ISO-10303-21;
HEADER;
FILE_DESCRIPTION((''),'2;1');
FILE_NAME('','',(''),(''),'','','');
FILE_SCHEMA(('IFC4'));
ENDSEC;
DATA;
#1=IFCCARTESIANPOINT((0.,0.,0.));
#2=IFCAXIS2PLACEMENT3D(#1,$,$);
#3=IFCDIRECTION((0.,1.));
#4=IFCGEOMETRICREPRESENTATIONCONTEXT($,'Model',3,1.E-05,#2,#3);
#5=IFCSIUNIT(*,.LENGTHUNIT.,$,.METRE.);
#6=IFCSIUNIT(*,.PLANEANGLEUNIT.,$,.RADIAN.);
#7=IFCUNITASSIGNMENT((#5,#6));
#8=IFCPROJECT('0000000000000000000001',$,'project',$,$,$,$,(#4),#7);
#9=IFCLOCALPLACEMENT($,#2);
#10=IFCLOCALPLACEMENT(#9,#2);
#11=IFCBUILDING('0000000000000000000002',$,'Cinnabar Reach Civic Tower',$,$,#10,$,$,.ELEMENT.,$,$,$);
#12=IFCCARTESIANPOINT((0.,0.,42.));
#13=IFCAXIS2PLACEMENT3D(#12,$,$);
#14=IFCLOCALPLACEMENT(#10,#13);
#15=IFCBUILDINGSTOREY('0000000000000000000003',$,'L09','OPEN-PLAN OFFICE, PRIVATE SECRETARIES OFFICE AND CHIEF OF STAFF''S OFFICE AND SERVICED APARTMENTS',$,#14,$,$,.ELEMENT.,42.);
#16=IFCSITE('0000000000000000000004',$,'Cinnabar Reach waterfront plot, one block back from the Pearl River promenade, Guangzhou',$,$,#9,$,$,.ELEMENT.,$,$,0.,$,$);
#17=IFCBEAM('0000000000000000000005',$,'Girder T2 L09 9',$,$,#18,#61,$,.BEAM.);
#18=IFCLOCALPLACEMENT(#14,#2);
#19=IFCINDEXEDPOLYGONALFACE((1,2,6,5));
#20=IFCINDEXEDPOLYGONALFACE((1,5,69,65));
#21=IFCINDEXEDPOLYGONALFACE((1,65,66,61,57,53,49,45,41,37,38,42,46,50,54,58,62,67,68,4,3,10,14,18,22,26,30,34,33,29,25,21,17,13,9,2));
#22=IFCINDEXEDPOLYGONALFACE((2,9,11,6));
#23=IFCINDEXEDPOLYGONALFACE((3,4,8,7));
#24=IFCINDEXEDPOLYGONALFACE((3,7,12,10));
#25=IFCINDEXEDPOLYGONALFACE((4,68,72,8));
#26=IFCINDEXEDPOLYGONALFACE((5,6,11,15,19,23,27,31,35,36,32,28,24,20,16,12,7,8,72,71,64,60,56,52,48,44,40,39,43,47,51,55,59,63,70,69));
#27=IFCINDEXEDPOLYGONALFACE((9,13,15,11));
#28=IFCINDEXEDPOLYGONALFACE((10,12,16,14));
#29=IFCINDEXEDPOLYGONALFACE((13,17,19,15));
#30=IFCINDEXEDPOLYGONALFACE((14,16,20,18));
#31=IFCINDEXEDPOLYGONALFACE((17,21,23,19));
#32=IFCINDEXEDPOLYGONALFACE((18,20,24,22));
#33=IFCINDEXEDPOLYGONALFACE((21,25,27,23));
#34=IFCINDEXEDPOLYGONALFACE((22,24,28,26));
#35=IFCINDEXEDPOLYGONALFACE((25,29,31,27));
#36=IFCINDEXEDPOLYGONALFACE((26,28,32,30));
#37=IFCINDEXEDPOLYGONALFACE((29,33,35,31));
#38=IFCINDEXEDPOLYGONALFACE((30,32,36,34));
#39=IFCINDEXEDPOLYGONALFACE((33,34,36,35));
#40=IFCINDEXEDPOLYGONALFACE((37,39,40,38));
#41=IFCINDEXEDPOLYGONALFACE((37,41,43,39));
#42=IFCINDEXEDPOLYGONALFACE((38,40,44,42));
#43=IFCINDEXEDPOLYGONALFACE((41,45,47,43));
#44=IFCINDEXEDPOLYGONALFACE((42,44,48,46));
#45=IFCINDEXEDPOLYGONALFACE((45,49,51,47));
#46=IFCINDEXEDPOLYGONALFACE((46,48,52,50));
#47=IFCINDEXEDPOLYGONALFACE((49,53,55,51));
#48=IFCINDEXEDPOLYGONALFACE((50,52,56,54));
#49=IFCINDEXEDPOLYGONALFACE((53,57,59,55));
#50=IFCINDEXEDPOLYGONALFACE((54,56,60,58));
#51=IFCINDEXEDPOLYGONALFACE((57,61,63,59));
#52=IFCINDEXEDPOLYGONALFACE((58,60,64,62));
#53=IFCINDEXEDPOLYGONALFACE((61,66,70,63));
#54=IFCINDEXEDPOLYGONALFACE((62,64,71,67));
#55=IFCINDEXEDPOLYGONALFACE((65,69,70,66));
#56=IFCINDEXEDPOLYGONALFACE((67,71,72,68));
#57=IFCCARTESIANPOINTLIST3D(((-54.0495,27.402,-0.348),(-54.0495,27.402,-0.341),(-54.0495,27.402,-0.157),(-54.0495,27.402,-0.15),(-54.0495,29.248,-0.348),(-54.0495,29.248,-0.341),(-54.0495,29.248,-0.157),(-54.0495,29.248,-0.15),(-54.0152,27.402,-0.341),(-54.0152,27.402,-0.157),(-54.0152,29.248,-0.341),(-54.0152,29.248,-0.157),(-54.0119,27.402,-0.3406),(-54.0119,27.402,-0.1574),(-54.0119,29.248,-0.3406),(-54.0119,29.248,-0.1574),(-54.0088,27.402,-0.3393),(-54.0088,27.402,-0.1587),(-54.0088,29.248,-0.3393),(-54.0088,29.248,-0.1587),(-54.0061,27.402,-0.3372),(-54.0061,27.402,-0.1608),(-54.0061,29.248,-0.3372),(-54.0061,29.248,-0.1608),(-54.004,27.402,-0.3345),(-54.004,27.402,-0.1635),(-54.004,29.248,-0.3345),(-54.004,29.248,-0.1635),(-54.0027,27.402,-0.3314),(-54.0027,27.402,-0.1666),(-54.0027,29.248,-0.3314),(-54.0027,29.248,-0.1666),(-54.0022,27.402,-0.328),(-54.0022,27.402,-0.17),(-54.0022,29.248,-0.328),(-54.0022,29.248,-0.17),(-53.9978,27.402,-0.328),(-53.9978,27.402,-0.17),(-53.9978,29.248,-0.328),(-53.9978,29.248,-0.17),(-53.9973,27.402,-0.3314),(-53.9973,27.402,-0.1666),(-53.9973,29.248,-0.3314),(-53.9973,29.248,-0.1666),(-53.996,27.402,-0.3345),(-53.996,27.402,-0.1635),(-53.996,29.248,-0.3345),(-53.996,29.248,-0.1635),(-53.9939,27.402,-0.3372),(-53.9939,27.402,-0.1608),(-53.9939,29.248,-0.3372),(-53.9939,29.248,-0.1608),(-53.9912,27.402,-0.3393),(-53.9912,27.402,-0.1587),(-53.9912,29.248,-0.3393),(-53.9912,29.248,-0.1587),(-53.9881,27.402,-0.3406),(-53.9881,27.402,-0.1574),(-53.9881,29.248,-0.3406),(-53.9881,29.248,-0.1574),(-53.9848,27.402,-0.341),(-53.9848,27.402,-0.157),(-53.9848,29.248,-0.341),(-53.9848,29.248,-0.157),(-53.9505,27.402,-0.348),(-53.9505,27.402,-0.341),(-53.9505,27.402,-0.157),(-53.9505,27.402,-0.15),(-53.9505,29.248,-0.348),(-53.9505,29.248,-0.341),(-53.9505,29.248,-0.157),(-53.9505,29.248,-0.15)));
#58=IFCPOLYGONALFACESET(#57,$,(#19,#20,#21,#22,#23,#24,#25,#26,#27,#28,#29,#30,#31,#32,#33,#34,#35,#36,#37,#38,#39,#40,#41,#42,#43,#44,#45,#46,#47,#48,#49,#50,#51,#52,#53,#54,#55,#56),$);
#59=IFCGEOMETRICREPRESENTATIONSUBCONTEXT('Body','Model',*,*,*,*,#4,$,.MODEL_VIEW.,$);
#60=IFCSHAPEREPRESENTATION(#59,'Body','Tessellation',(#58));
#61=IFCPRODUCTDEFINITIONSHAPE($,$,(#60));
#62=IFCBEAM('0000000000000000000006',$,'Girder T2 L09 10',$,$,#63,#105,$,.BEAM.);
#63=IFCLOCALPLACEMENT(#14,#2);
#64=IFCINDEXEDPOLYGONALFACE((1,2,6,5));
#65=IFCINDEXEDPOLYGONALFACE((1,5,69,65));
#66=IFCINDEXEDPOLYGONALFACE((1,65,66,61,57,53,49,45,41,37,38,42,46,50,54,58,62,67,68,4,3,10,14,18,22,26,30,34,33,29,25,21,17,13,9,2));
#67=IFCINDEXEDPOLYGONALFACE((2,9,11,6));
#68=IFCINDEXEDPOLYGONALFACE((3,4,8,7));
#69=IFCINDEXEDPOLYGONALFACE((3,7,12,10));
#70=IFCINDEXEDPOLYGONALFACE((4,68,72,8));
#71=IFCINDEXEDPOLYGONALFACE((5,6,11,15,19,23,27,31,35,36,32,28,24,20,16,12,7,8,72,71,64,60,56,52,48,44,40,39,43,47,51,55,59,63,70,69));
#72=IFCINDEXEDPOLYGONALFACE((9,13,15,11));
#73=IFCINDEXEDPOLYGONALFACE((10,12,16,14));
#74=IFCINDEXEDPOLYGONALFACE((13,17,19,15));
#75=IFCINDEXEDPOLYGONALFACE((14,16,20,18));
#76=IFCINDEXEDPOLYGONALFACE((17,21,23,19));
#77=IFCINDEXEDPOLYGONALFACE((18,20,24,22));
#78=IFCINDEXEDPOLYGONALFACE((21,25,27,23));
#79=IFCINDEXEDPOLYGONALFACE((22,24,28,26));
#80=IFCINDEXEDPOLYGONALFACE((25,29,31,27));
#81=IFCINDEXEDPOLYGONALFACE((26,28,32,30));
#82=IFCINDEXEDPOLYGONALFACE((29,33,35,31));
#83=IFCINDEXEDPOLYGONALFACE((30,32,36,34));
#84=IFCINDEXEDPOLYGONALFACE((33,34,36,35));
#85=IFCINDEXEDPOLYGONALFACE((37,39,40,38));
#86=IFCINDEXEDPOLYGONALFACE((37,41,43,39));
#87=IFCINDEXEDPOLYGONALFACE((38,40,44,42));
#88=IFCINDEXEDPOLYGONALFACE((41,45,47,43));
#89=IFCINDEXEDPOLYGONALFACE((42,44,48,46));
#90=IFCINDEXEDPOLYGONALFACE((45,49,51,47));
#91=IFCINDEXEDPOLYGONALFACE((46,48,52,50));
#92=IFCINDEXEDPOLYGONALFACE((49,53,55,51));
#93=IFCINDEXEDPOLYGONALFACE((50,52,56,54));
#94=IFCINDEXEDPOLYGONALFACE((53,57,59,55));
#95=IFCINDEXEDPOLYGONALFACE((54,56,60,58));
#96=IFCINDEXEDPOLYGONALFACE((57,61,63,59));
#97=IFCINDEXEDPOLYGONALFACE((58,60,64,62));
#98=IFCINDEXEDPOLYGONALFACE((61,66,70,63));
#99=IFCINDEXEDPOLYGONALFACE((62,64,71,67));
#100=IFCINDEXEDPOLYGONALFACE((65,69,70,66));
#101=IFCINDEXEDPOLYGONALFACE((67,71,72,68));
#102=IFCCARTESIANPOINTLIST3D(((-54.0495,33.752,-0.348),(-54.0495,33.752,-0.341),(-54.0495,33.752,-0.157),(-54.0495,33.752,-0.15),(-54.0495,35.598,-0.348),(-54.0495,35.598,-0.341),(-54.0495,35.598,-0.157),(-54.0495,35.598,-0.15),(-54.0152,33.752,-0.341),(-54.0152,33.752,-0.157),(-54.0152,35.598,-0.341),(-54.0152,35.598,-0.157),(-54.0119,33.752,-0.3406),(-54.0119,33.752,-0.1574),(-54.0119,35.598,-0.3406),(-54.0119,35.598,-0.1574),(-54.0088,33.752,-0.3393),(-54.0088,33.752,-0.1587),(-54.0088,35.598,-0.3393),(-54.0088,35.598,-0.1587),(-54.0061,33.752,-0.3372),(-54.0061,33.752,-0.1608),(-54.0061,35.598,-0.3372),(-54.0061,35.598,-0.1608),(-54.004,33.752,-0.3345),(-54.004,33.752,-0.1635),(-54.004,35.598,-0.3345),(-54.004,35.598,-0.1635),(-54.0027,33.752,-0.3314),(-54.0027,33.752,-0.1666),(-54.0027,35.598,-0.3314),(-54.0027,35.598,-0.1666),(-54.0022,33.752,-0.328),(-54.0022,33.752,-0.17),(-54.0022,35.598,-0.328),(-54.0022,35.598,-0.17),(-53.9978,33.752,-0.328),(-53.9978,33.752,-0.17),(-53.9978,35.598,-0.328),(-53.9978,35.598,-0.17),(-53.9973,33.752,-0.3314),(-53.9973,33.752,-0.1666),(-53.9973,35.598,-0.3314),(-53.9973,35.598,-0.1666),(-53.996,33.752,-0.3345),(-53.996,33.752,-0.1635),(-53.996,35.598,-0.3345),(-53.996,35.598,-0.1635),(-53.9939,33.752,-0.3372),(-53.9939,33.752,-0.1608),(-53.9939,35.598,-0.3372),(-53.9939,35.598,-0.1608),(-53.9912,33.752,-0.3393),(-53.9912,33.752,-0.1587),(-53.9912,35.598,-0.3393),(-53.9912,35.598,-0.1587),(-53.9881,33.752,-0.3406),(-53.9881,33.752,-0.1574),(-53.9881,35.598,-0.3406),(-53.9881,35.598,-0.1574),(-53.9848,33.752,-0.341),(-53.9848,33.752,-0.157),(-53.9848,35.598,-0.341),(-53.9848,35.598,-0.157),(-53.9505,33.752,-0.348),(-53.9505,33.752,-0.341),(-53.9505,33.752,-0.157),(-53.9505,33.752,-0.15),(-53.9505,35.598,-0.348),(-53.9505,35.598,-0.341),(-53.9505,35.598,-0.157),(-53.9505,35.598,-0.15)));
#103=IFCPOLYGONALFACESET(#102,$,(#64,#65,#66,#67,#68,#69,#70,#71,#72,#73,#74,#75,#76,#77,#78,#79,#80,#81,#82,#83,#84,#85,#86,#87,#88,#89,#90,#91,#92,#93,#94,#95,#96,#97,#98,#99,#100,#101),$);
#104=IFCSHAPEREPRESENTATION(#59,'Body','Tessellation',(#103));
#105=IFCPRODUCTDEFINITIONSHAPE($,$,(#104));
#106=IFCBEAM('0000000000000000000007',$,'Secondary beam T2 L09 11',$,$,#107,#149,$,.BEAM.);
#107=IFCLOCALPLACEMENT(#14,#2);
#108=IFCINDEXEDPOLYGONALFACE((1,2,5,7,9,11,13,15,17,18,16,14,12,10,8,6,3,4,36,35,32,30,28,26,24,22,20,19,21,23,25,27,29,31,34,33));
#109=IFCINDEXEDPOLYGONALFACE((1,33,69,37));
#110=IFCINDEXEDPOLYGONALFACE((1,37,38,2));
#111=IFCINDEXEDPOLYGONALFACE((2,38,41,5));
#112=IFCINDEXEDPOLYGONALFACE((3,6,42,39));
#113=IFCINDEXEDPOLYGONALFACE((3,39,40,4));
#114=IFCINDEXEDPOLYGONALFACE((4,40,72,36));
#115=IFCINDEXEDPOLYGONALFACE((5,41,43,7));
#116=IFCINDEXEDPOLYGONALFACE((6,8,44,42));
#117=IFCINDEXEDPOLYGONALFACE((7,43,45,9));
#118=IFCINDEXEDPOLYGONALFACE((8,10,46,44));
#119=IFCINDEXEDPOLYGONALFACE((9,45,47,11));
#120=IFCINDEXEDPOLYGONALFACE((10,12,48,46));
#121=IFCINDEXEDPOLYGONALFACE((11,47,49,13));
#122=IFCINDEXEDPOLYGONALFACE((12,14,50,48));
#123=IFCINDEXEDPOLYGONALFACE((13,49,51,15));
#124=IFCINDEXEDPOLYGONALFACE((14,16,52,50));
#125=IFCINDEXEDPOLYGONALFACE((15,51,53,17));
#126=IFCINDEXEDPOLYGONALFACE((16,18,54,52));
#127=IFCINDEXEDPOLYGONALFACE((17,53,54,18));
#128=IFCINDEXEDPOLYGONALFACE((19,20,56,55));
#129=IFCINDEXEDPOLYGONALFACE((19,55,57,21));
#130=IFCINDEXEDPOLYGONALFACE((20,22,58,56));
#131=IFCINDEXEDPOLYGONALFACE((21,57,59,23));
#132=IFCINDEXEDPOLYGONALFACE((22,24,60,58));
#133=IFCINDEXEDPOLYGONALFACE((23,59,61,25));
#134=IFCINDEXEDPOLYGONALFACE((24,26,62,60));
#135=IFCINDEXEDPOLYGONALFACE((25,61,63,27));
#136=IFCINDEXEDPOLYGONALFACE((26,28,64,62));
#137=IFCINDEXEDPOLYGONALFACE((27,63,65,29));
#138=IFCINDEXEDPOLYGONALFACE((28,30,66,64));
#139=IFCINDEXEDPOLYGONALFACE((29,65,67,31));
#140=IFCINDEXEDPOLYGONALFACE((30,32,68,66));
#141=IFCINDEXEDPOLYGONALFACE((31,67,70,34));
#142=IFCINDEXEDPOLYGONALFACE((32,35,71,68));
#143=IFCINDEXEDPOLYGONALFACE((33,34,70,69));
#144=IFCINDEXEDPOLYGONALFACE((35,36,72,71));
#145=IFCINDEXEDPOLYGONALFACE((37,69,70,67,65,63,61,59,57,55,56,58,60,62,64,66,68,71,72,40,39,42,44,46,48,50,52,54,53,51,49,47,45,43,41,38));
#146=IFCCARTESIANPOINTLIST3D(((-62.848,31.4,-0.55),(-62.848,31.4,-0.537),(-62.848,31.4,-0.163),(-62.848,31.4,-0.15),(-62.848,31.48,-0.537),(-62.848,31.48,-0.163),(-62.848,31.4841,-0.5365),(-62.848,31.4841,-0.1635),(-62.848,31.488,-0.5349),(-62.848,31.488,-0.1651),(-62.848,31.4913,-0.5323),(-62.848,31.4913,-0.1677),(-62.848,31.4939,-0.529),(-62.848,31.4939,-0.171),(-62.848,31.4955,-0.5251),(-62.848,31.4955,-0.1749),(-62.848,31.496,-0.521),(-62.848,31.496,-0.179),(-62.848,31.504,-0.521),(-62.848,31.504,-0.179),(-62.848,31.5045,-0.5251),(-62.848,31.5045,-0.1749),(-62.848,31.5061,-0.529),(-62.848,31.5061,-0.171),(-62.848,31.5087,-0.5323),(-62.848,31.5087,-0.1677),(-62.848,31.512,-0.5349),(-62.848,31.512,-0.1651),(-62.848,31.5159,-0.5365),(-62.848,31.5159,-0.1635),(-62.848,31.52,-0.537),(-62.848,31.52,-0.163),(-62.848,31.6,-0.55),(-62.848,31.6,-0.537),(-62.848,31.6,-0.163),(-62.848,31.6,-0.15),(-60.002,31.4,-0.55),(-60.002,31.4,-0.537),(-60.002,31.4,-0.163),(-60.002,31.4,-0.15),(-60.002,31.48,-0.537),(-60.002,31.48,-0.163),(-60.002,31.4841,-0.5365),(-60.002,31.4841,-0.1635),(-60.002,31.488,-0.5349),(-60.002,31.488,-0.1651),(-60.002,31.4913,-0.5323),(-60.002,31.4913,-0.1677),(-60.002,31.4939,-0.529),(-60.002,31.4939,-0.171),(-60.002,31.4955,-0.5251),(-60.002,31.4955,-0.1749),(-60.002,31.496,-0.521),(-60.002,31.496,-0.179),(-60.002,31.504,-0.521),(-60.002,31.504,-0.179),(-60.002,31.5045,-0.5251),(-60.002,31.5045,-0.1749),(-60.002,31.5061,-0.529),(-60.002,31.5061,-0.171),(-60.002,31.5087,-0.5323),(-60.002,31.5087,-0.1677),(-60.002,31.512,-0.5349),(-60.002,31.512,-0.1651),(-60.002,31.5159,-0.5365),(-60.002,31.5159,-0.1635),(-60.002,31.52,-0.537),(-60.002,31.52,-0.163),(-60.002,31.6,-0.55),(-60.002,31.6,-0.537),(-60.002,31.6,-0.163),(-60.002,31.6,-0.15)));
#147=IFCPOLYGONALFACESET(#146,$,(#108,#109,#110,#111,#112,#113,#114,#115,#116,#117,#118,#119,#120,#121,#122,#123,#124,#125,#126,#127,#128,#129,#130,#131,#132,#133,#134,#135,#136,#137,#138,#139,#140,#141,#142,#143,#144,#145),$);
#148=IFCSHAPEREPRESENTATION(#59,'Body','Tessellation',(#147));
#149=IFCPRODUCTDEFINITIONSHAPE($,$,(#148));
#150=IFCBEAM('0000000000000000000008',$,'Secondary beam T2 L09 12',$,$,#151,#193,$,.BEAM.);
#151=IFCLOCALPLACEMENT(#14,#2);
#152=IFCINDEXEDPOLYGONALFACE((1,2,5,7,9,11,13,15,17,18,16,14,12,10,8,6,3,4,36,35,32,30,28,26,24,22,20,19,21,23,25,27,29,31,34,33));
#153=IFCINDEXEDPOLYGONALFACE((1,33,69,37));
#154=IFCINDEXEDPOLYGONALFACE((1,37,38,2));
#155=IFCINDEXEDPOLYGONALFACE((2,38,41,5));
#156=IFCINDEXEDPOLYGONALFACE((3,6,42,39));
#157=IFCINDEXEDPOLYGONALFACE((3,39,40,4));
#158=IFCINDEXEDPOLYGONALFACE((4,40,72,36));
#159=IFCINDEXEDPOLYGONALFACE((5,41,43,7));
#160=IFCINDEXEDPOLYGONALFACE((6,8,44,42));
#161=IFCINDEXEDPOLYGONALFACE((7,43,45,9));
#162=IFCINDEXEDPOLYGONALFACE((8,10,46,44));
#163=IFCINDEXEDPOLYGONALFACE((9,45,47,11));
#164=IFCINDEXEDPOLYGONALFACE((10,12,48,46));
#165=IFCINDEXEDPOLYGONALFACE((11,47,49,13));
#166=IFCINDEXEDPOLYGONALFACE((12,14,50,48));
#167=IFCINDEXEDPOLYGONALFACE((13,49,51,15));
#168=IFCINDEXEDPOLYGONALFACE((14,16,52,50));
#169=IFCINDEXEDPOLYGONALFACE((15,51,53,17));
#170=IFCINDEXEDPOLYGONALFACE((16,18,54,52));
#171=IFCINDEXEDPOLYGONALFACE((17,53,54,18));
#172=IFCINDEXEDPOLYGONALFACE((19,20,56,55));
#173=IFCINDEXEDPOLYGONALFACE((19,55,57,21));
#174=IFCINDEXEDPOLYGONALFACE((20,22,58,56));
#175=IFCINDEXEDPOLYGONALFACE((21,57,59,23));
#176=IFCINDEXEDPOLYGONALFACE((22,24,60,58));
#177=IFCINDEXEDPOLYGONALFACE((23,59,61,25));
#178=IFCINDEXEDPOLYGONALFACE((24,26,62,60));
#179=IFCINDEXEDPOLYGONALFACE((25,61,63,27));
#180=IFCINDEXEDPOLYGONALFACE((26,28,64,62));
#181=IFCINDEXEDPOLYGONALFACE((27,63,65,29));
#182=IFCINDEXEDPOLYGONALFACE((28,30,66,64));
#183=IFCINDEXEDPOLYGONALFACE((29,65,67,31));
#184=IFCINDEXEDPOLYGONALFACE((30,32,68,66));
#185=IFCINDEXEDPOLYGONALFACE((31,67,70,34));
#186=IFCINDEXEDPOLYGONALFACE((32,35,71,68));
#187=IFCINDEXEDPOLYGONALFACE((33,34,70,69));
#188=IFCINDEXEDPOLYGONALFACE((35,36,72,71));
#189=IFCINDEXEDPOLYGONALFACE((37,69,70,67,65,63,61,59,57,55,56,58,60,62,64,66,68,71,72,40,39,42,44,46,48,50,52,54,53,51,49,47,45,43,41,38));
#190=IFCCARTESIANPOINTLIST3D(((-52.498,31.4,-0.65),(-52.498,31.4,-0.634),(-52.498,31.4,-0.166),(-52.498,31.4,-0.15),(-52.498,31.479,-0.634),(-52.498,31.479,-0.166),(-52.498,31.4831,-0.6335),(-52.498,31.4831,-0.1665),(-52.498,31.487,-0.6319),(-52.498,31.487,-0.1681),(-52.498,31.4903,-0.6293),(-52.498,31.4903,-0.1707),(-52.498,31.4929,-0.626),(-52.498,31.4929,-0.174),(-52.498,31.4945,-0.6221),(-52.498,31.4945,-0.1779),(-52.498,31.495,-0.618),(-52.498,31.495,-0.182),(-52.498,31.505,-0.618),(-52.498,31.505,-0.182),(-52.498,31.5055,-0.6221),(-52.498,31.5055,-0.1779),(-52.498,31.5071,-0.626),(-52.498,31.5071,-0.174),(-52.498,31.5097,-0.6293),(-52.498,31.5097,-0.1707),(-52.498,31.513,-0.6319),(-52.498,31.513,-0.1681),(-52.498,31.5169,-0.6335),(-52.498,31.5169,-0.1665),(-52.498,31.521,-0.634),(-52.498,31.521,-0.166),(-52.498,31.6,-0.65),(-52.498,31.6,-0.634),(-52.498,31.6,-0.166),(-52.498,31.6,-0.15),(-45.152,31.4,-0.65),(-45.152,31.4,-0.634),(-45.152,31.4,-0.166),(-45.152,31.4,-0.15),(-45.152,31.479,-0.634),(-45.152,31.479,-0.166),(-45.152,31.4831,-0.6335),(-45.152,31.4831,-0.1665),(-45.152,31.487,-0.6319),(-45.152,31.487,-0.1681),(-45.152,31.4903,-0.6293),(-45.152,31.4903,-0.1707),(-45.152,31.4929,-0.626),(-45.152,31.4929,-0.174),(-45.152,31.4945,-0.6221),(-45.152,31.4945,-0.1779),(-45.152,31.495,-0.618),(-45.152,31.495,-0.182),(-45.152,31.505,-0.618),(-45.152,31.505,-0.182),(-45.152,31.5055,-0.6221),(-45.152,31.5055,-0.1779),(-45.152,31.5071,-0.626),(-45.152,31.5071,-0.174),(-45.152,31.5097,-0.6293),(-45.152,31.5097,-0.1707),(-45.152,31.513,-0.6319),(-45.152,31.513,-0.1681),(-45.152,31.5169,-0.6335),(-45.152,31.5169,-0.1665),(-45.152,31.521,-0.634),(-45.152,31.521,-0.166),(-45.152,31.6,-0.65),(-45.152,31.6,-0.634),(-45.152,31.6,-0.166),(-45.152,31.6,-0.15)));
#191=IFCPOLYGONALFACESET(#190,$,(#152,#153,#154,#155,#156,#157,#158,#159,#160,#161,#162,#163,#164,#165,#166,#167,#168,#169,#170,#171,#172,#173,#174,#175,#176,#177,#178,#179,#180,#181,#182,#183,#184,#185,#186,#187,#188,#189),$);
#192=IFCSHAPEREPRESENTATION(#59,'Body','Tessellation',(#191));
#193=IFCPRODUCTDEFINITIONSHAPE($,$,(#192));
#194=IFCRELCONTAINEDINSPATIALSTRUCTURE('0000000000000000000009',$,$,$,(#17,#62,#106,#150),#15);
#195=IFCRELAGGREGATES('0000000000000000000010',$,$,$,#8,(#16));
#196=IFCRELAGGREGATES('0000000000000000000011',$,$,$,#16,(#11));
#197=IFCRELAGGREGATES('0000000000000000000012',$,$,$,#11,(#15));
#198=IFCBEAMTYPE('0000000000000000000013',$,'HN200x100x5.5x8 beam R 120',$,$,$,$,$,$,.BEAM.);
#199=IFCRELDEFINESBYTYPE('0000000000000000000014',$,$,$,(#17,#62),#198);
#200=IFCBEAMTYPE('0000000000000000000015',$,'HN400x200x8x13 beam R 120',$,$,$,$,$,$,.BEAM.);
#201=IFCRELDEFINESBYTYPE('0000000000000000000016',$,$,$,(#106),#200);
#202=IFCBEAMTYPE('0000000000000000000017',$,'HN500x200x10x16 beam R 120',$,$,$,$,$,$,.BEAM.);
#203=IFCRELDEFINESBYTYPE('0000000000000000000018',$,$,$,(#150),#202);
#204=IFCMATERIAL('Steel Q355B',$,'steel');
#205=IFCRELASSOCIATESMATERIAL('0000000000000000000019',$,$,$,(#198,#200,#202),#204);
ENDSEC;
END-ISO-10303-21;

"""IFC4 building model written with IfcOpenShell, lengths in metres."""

from ifc_helpers import new_model, si_unit, direction, frame, origin, origin_2d, place, context, subcontext, project, spatial, i_section, extrude, material, material_profile, profile_set, type_object, element, save


model = new_model("IFC4")

# Units and contexts
model_context = context("Model", 3, precision=1e-05, world=origin(), true_north=direction((0.0, 1.0)))
body_context = subcontext(model_context, "Body", "Model", "MODEL_VIEW")
ifc_project = project(units=[si_unit("LENGTHUNIT", "METRE"), si_unit("PLANEANGLEUNIT", "RADIAN")], contexts=[model_context])

# Site, building, storey
site_placement = place(None, origin())
site = spatial("IfcSite", under=ifc_project, at=site_placement, Name="Cinnabar Reach waterfront plot, one block back from the Pearl River promenade, Guangzhou", CompositionType="ELEMENT", RefElevation=0.0)
building_placement = place(site_placement, origin())
building = spatial("IfcBuilding", under=site, at=building_placement, Name="Cinnabar Reach Civic Tower", CompositionType="ELEMENT")
storey_placement = place(building_placement, frame((0.0, 0.0, 42.0)))
storey = spatial("IfcBuildingStorey", under=building, at=storey_placement, Name="L09", Description="OPEN-PLAN OFFICE, PRIVATE SECRETARIES OFFICE AND CHIEF OF STAFF'S OFFICE AND SERVICED APARTMENTS", CompositionType="ELEMENT", Elevation=42.0)

# Beams
ifc_material_1 = material(Name="Steel Q355B", Category="steel")
ifc_material_profile_1 = material_profile(ifc_material_1, i_section(OverallWidth=0.099, OverallDepth=0.198, WebThickness=0.0045, FlangeThickness=0.007, FilletRadius=0.013, at=origin_2d()), Name="HN200x100x5.5x8")
ifc_profile_set_1 = profile_set([ifc_material_profile_1], Name="Steel Q355B")
beam_type_1 = type_object("IfcBeamType", Name="HN200x100x5.5x8 beam R 120", PredefinedType="BEAM", material=ifc_profile_set_1)
for number, where, z_axis, x_axis, name in (
    (1, (-54.0, 27.402, -0.249), (0.0, 1.0, 0.0), (-1.0, 0.0, 0.0), "Girder T2 L09 9"),
    (2, (-54.0, 33.752, -0.249), (0.0, 1.0, 0.0), (-1.0, 0.0, 0.0), "Girder T2 L09 10"),
):
    element("IfcBeam", number, at=place(storey_placement, frame(where, z_axis=z_axis, x_axis=x_axis)), inside=storey, type_object=beam_type_1, Name=name, PredefinedType="BEAM", context=body_context, shape_type="SweptSolid", body=[
        extrude(i_section(OverallWidth=0.099, OverallDepth=0.198, WebThickness=0.0045, FlangeThickness=0.007, FilletRadius=0.013, at=origin_2d()), origin(), (0.0, 0.0, 1.0), 1.846),
    ])
ifc_material_profile_2 = material_profile(ifc_material_1, i_section(OverallWidth=0.2, OverallDepth=0.4, WebThickness=0.008, FlangeThickness=0.013, FilletRadius=0.016, at=origin_2d()), Name="HN400x200x8x13")
ifc_profile_set_2 = profile_set([ifc_material_profile_2], Name="Steel Q355B")
beam_type_2 = type_object("IfcBeamType", Name="HN400x200x8x13 beam R 120", PredefinedType="BEAM", material=ifc_profile_set_2)
beam_1_placement = place(storey_placement, frame((-62.848, 31.5, -0.35), z_axis=(1.0, 0.0, 0.0), x_axis=(0.0, 1.0, 0.0)))
element("IfcBeam", 3, at=beam_1_placement, inside=storey, type_object=beam_type_2, Name="Secondary beam T2 L09 11", PredefinedType="BEAM", context=body_context, shape_type="SweptSolid", body=[
    extrude(i_section(OverallWidth=0.2, OverallDepth=0.4, WebThickness=0.008, FlangeThickness=0.013, FilletRadius=0.016, at=origin_2d()), origin(), (0.0, 0.0, 1.0), 2.846),
])
ifc_material_profile_3 = material_profile(ifc_material_1, i_section(OverallWidth=0.2, OverallDepth=0.5, WebThickness=0.01, FlangeThickness=0.016, FilletRadius=0.016, at=origin_2d()), Name="HN500x200x10x16")
ifc_profile_set_3 = profile_set([ifc_material_profile_3], Name="Steel Q355B")
beam_type_3 = type_object("IfcBeamType", Name="HN500x200x10x16 beam R 120", PredefinedType="BEAM", material=ifc_profile_set_3)
beam_2_placement = place(storey_placement, frame((-52.498, 31.5, -0.4), z_axis=(1.0, 0.0, 0.0), x_axis=(0.0, 1.0, 0.0)))
element("IfcBeam", 4, at=beam_2_placement, inside=storey, type_object=beam_type_3, Name="Secondary beam T2 L09 12", PredefinedType="BEAM", context=body_context, shape_type="SweptSolid", body=[
    extrude(i_section(OverallWidth=0.2, OverallDepth=0.5, WebThickness=0.01, FlangeThickness=0.016, FilletRadius=0.016, at=origin_2d()), origin(), (0.0, 0.0, 1.0), 7.346),
])

save(model, "model.ifc")
